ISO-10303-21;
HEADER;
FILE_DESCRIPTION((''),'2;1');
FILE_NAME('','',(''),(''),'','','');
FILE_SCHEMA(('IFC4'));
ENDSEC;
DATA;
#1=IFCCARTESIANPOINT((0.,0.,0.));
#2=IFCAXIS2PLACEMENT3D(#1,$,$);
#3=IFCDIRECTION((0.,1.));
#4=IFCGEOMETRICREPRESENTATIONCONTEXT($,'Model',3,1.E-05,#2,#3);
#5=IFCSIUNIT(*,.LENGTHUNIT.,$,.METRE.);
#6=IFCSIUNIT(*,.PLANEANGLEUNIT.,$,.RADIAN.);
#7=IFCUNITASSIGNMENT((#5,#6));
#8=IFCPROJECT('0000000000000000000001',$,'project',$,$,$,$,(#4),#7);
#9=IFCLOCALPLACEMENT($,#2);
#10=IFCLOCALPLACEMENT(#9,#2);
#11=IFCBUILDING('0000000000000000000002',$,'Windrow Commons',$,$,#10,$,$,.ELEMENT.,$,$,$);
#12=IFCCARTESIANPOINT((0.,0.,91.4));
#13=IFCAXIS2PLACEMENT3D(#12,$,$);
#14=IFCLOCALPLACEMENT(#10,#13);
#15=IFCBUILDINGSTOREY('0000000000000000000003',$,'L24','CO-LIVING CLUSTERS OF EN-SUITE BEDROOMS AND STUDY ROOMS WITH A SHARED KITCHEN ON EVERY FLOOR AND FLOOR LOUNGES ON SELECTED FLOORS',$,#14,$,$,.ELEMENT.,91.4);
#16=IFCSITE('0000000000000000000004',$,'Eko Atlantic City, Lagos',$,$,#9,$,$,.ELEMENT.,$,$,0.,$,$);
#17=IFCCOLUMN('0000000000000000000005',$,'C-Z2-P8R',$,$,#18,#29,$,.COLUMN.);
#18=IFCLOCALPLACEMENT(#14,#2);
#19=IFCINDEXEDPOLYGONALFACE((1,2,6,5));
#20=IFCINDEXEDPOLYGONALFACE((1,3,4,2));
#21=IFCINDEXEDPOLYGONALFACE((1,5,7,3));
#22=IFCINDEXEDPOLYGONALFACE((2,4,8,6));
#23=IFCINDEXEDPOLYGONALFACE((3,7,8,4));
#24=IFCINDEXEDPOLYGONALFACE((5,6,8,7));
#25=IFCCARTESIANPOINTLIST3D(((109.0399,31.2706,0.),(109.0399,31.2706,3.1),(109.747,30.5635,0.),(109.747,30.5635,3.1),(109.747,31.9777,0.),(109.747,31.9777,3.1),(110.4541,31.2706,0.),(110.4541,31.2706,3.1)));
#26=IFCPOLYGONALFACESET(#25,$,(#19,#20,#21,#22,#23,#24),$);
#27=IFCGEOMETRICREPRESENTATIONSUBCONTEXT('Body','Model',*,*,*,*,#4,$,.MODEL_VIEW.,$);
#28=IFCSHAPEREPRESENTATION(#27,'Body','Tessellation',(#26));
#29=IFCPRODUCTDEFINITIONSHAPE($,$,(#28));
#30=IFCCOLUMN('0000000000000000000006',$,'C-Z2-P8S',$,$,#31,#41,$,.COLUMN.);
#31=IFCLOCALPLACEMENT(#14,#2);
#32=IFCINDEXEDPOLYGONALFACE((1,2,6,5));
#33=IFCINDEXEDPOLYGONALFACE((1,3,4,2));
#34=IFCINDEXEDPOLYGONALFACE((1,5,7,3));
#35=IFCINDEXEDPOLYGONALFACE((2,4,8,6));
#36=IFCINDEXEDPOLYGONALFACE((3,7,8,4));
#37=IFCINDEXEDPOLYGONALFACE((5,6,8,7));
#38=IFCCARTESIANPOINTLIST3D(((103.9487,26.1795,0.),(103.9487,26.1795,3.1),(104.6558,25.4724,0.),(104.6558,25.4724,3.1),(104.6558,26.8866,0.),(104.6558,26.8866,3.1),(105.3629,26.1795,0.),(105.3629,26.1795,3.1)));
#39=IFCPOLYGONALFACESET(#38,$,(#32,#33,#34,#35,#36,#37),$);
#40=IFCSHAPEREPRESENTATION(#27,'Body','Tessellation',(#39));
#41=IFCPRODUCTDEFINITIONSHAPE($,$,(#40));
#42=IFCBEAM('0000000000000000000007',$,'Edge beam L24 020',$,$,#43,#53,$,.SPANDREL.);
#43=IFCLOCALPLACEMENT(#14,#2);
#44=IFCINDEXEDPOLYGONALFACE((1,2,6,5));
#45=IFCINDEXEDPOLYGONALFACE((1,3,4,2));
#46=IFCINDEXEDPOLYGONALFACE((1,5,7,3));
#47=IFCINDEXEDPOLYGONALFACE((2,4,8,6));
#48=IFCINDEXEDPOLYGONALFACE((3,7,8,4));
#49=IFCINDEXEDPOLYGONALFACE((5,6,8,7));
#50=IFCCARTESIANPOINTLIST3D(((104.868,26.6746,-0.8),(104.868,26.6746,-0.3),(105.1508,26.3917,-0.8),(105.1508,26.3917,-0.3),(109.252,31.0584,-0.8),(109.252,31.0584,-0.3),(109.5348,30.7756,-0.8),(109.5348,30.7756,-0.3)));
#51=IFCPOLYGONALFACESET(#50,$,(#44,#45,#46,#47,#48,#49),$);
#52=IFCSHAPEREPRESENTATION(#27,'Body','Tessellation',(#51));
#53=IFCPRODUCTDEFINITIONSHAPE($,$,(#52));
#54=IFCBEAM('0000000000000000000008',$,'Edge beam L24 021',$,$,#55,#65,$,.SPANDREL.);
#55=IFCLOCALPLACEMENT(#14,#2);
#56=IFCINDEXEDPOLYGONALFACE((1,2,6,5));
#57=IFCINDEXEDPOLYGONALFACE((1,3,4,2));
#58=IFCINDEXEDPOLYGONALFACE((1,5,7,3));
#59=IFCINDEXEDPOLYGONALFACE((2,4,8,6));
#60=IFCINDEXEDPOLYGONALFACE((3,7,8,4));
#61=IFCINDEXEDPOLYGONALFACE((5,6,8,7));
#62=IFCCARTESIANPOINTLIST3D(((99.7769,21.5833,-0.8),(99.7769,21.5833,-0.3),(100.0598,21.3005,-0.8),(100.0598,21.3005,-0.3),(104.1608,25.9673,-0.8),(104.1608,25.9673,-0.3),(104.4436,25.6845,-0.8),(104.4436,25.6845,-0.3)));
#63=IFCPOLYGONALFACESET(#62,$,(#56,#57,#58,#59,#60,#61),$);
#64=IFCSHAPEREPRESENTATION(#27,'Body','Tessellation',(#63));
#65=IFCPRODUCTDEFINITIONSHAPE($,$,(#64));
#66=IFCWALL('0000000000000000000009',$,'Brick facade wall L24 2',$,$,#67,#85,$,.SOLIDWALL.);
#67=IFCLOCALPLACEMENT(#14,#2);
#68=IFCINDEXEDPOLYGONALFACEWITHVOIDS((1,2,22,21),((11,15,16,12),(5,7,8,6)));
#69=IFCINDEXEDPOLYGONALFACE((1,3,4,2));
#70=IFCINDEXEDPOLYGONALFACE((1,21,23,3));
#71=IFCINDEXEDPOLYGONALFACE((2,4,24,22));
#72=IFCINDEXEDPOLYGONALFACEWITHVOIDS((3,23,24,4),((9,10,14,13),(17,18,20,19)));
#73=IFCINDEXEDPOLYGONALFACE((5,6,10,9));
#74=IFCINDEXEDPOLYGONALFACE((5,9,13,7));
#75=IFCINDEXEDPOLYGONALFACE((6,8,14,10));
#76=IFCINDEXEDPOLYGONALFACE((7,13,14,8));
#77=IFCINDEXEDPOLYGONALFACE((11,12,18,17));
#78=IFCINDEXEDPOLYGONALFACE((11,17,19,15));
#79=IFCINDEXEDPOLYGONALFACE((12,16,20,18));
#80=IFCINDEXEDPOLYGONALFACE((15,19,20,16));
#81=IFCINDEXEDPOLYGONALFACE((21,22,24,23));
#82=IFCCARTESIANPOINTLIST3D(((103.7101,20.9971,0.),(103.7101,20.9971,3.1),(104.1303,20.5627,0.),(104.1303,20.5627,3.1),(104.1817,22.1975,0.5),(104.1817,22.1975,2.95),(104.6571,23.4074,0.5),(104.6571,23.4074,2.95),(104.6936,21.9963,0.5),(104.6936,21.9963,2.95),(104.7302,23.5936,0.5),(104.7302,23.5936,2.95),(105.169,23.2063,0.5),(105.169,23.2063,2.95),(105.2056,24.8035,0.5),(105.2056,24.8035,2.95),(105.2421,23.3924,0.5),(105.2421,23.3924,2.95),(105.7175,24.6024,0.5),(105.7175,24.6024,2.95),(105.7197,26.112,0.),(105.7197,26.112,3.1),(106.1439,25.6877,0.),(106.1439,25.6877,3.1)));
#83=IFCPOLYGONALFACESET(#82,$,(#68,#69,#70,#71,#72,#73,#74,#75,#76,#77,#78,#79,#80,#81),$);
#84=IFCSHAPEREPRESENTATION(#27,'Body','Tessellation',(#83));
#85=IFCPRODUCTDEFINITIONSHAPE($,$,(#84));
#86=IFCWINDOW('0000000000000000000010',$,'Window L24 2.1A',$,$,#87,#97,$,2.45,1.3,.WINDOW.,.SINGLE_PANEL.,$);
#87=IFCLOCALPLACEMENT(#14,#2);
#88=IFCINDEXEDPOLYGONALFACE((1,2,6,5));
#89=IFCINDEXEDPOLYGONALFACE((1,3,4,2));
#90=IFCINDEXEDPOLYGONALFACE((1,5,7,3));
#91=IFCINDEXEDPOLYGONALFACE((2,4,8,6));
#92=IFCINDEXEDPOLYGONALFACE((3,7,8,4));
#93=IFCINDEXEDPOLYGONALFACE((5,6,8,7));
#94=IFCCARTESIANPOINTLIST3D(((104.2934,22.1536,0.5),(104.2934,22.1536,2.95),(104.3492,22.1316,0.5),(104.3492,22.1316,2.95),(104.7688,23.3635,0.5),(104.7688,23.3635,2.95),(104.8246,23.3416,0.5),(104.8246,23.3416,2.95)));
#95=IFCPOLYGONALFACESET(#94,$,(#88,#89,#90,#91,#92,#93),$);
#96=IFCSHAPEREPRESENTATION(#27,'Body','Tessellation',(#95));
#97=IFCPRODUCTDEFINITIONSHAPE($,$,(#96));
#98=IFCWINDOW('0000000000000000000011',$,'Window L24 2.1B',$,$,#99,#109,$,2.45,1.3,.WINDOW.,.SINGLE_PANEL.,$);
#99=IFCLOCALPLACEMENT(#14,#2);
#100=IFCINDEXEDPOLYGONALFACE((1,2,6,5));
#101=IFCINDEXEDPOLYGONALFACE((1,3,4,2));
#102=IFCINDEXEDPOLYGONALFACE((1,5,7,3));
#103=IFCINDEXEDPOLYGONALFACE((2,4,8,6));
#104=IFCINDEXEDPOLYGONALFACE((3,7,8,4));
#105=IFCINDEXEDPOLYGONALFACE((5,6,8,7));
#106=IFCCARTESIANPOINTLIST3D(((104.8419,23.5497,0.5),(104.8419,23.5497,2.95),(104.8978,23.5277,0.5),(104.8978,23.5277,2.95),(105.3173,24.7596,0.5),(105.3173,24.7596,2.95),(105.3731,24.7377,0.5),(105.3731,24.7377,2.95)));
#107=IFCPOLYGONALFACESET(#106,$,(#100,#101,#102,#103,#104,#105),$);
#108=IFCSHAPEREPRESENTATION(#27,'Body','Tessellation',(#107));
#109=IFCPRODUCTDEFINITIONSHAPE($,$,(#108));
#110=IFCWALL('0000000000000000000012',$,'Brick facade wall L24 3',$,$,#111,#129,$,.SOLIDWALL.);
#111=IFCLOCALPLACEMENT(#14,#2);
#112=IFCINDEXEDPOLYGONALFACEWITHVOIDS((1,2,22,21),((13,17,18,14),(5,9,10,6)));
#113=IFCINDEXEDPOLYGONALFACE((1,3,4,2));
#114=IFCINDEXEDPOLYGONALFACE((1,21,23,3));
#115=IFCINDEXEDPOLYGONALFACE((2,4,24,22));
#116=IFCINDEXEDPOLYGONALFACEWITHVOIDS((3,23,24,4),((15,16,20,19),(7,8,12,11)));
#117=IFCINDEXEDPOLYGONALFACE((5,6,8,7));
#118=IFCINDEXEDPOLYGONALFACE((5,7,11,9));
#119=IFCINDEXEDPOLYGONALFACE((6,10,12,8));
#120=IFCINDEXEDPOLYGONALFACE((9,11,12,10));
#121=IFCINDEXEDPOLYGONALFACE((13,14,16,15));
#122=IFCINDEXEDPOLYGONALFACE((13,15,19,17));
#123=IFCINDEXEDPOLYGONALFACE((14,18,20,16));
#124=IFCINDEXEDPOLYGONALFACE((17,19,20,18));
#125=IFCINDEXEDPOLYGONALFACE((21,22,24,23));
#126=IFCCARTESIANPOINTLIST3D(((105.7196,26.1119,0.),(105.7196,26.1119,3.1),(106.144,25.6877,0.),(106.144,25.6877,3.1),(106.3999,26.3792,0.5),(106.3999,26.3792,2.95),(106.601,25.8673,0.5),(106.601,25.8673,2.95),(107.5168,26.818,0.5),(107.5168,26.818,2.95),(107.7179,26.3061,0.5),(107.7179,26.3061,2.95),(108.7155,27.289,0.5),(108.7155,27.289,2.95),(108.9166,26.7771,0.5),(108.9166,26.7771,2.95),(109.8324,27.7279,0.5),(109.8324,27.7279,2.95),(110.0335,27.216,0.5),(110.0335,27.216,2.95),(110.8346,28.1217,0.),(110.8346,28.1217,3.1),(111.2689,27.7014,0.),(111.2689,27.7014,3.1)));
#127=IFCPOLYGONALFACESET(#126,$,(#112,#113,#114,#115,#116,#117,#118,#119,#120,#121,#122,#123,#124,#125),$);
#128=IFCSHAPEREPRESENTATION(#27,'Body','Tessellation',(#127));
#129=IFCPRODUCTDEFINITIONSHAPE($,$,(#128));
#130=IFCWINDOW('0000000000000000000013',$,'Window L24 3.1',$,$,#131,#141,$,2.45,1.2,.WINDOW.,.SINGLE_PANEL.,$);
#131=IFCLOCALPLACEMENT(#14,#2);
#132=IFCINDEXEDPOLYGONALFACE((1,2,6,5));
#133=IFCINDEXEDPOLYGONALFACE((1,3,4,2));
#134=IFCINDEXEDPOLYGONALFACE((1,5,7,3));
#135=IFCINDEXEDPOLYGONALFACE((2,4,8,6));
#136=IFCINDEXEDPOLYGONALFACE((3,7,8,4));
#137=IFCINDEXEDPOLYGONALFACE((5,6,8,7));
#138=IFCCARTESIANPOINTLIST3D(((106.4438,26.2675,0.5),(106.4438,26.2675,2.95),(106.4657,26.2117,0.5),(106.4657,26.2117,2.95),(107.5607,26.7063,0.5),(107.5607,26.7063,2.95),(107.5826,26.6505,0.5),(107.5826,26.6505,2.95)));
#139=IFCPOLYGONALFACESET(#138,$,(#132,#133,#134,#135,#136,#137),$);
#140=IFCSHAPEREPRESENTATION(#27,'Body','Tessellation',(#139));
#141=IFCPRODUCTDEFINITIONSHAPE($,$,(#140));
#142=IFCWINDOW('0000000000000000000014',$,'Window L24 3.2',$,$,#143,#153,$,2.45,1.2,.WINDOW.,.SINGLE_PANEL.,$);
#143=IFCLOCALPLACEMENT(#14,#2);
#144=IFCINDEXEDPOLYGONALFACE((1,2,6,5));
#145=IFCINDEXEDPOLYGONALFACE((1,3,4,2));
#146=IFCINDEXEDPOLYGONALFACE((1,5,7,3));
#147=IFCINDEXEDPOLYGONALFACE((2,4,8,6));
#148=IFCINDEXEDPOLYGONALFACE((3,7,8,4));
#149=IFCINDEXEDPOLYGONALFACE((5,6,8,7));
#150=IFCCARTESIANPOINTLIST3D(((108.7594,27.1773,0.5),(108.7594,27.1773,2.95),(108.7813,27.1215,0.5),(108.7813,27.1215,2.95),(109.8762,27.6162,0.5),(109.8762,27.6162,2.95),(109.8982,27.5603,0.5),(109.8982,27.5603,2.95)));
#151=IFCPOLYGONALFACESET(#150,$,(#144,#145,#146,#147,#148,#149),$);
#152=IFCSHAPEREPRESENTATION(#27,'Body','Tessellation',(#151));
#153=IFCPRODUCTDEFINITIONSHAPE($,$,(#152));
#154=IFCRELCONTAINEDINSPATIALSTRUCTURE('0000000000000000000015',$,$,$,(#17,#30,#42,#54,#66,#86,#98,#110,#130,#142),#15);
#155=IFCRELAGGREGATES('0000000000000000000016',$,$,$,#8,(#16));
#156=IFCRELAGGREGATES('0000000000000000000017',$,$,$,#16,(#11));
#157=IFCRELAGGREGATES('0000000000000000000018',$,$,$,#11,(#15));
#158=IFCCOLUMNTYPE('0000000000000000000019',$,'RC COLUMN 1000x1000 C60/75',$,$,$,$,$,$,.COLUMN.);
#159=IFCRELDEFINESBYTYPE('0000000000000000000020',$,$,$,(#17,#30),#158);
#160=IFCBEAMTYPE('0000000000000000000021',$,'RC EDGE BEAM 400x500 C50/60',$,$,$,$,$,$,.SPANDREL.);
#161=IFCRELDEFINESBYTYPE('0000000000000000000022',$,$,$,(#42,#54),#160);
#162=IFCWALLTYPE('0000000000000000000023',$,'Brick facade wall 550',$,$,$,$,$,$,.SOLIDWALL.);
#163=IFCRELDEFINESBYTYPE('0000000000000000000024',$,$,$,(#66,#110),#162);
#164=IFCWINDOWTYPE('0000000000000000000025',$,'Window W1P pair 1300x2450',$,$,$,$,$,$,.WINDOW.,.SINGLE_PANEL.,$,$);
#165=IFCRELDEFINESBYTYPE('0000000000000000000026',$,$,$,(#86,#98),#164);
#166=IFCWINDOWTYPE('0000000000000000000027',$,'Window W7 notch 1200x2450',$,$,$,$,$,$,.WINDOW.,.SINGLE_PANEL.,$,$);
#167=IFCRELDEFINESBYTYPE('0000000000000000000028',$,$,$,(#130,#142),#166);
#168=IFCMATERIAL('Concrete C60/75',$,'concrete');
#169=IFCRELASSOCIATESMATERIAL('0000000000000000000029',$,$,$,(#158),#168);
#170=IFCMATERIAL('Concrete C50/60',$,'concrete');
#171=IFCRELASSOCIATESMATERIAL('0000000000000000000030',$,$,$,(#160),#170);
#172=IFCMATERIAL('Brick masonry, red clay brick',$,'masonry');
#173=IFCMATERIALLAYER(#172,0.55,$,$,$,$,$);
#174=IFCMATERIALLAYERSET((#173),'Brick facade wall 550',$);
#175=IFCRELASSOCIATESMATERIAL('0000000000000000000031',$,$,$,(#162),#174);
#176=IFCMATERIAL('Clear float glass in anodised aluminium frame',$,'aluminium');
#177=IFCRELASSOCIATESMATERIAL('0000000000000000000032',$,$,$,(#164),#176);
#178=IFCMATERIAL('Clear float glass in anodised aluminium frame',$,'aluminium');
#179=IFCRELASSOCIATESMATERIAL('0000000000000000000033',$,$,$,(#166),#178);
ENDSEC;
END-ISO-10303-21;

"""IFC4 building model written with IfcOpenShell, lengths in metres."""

from ifc_helpers import new_model, si_unit, direction, frame, frame_2d, origin, origin_2d, place, context, subcontext, project, spatial, polyline, rectangle, outline, extrude, material, layer, layer_set, material_profile, profile_set, type_object, element, fill, save


model = new_model("IFC4")

# Units and contexts
model_context = context("Model", 3, precision=1e-05, world=origin(), true_north=direction((0.0, 1.0)))
body_context = subcontext(model_context, "Body", "Model", "MODEL_VIEW")
ifc_project = project(units=[si_unit("LENGTHUNIT", "METRE"), si_unit("PLANEANGLEUNIT", "RADIAN")], contexts=[model_context])

# Site, building, storey
site_placement = place(None, origin())
site = spatial("IfcSite", under=ifc_project, at=site_placement, Name="Eko Atlantic City, Lagos", CompositionType="ELEMENT", RefElevation=0.0)
building_placement = place(site_placement, origin())
building = spatial("IfcBuilding", under=site, at=building_placement, Name="Windrow Commons", CompositionType="ELEMENT")
storey_placement = place(building_placement, frame((0.0, 0.0, 91.4)))
storey = spatial("IfcBuildingStorey", under=building, at=storey_placement, Name="L24", Description="CO-LIVING CLUSTERS OF EN-SUITE BEDROOMS AND STUDY ROOMS WITH A SHARED KITCHEN ON EVERY FLOOR AND FLOOR LOUNGES ON SELECTED FLOORS", CompositionType="ELEMENT", Elevation=91.4)

# Columns
ifc_material_1 = material(Name="Concrete C60/75", Category="concrete")
ifc_material_profile_1 = material_profile(ifc_material_1, rectangle(XDim=1.0, YDim=1.0, at=origin_2d()))
ifc_profile_set_1 = profile_set([ifc_material_profile_1], Name="Concrete C60/75")
column_type = type_object("IfcColumnType", Name="RC COLUMN 1000x1000 C60/75", PredefinedType="COLUMN", material=ifc_profile_set_1)
for number, where, z_axis, x_axis, name in (
    (1, (109.747, 31.2706, 0.0), (0.0, 0.0, 1.0), (0.707107, -0.707107, 0.0), "C-Z2-P8R"),
    (2, (104.6558, 26.1795, 0.0), (0.0, 0.0, 1.0), (0.707107, -0.707107, 0.0), "C-Z2-P8S"),
):
    element("IfcColumn", number, at=place(storey_placement, frame(where, z_axis=z_axis, x_axis=x_axis)), inside=storey, type_object=column_type, Name=name, PredefinedType="COLUMN", context=body_context, shape_type="SweptSolid", body=[
        extrude(rectangle(XDim=1.0, YDim=1.0, at=origin_2d()), origin(), (0.0, 0.0, 1.0), 3.1),
    ])

# Beams
ifc_material_2 = material(Name="Concrete C50/60", Category="concrete")
ifc_material_profile_2 = material_profile(ifc_material_2, rectangle(XDim=0.4, YDim=0.5, at=origin_2d()))
ifc_profile_set_2 = profile_set([ifc_material_profile_2], Name="Concrete C50/60")
beam_type = type_object("IfcBeamType", Name="RC EDGE BEAM 400x500 C50/60", PredefinedType="SPANDREL", material=ifc_profile_set_2)
for number, where, z_axis, x_axis, name in (
    (3, (109.3934, 30.917, -0.55), (-0.707115, -0.707099, 0.0), (0.707099, -0.707115, 0.0), "Edge beam L24 020"),
    (4, (104.3022, 25.8259, -0.55), (-0.707099, -0.707115, 0.0), (0.707115, -0.707099, 0.0), "Edge beam L24 021"),
):
    element("IfcBeam", number, at=place(storey_placement, frame(where, z_axis=z_axis, x_axis=x_axis)), inside=storey, type_object=beam_type, Name=name, PredefinedType="SPANDREL", context=body_context, shape_type="SweptSolid", body=[
        extrude(rectangle(XDim=0.4, YDim=0.5, at=origin_2d()), origin(), (0.0, 0.0, 1.0), 6.1998),
    ])

# Walls, openings, windows
ifc_material_3 = material(Name="Brick masonry, red clay brick", Category="masonry")
ifc_layer_1 = layer(ifc_material_3, 0.55)
ifc_layer_set_1 = layer_set([ifc_layer_1], Name="Brick facade wall 550")
wall_type_1 = type_object("IfcWallType", Name="Brick facade wall 550", PredefinedType="SOLIDWALL", material=ifc_layer_set_1)
wall_1_placement = place(storey_placement, frame((103.9202, 20.7799, 0.0), z_axis=(0.0, 0.0, 1.0), x_axis=(0.365686, 0.930738, 0.0)))
wall_1 = element("IfcWall", 5, at=wall_1_placement, inside=storey, type_object=wall_type_1, Name="Brick facade wall L24 2", PredefinedType="SOLIDWALL", context=body_context, shape_type="SweptSolid", body=[
    extrude(outline(polyline([(-0.1253, -0.275), (5.3811, -0.275), (5.6208, 0.275), (0.1253, 0.275), (-0.1253, -0.275)])), origin(), (0.0, 0.0, 1.0), 3.1),
])
opening_1_placement = place(wall_1_placement, frame((1.415, 0.0, 0.5)))
opening_1 = element("IfcOpeningElement", 6, at=opening_1_placement, cuts=wall_1, PredefinedType="OPENING", context=body_context, shape_type="SweptSolid", body=[
    extrude(rectangle(XDim=1.3, YDim=2.45, at=frame_2d((0.65, 1.225))), frame((0.0, 0.285, 0.0), z_axis=(0.0, -1.0, 0.0), x_axis=(1.0, 0.0, 0.0)), (0.0, 0.0, 1.0), 0.57),
])
opening_2_placement = place(wall_1_placement, frame((2.915, 0.0, 0.5)))
opening_2 = element("IfcOpeningElement", 7, at=opening_2_placement, cuts=wall_1, PredefinedType="OPENING", context=body_context, shape_type="SweptSolid", body=[
    extrude(rectangle(XDim=1.3, YDim=2.45, at=frame_2d((0.65, 1.225))), frame((0.0, 0.285, 0.0), z_axis=(0.0, -1.0, 0.0), x_axis=(1.0, 0.0, 0.0)), (0.0, 0.0, 1.0), 0.57),
])
ifc_material_4 = material(Name="Clear float glass in anodised aluminium frame", Category="aluminium")
window_type_1 = type_object("IfcWindowType", Name="Window W1P pair 1300x2450", PartitioningType="SINGLE_PANEL", PredefinedType="WINDOW", material=ifc_material_4)
window_1_placement = place(opening_1_placement, origin())
window_1 = element("IfcWindow", 8, at=window_1_placement, inside=storey, type_object=window_type_1, Name="Window L24 2.1A", OverallHeight=2.45, OverallWidth=1.3, PartitioningType="SINGLE_PANEL", PredefinedType="WINDOW", context=body_context, shape_type="SweptSolid", body=[
    extrude(rectangle(XDim=1.3, YDim=2.45, at=frame_2d((0.65, 1.225))), frame((0.0, 0.155, 0.0), z_axis=(0.0, -1.0, 0.0), x_axis=(1.0, 0.0, 0.0)), (0.0, 0.0, 1.0), 0.06),
])
fill(opening_1, window_1)
window_2_placement = place(opening_2_placement, origin())
window_2 = element("IfcWindow", 9, at=window_2_placement, inside=storey, type_object=window_type_1, Name="Window L24 2.1B", OverallHeight=2.45, OverallWidth=1.3, PartitioningType="SINGLE_PANEL", PredefinedType="WINDOW", context=body_context, shape_type="SweptSolid", body=[
    extrude(rectangle(XDim=1.3, YDim=2.45, at=frame_2d((0.65, 1.225))), frame((0.0, 0.155, 0.0), z_axis=(0.0, -1.0, 0.0), x_axis=(1.0, 0.0, 0.0)), (0.0, 0.0, 1.0), 0.06),
])
fill(opening_2, window_2)
wall_2_placement = place(storey_placement, frame((105.9318, 25.8998, 0.0), z_axis=(0.0, 0.0, 1.0), x_axis=(0.930732, 0.365701, 0.0)))
wall_2 = element("IfcWall", 10, at=wall_2_placement, inside=storey, type_object=wall_type_1, Name="Brick facade wall L24 3", PredefinedType="SOLIDWALL", context=body_context, shape_type="SweptSolid", body=[
    extrude(outline(polyline([(0.1199, -0.275), (5.6262, -0.275), (5.3757, 0.275), (-0.1199, 0.275), (0.1199, -0.275)])), origin(), (0.0, 0.0, 1.0), 3.1),
])
opening_3_placement = place(wall_2_placement, frame((0.611, 0.0, 0.5)))
opening_3 = element("IfcOpeningElement", 11, at=opening_3_placement, cuts=wall_2, PredefinedType="OPENING", context=body_context, shape_type="SweptSolid", body=[
    extrude(rectangle(XDim=1.2, YDim=2.45, at=frame_2d((0.6, 1.225))), frame((0.0, 0.285, 0.0), z_axis=(0.0, -1.0, 0.0), x_axis=(1.0, 0.0, 0.0)), (0.0, 0.0, 1.0), 0.57),
])
opening_4_placement = place(wall_2_placement, frame((3.0989, 0.0, 0.5)))
opening_4 = element("IfcOpeningElement", 12, at=opening_4_placement, cuts=wall_2, PredefinedType="OPENING", context=body_context, shape_type="SweptSolid", body=[
    extrude(rectangle(XDim=1.2, YDim=2.45, at=frame_2d((0.6, 1.225))), frame((0.0, 0.285, 0.0), z_axis=(0.0, -1.0, 0.0), x_axis=(1.0, 0.0, 0.0)), (0.0, 0.0, 1.0), 0.57),
])
ifc_material_5 = material(Name="Clear float glass in anodised aluminium frame", Category="aluminium")
window_type_2 = type_object("IfcWindowType", Name="Window W7 notch 1200x2450", PartitioningType="SINGLE_PANEL", PredefinedType="WINDOW", material=ifc_material_5)
window_3_placement = place(opening_3_placement, origin())
window_3 = element("IfcWindow", 13, at=window_3_placement, inside=storey, type_object=window_type_2, Name="Window L24 3.1", OverallHeight=2.45, OverallWidth=1.2, PartitioningType="SINGLE_PANEL", PredefinedType="WINDOW", context=body_context, shape_type="SweptSolid", body=[
    extrude(rectangle(XDim=1.2, YDim=2.45, at=frame_2d((0.6, 1.225))), frame((0.0, 0.155, 0.0), z_axis=(0.0, -1.0, 0.0), x_axis=(1.0, 0.0, 0.0)), (0.0, 0.0, 1.0), 0.06),
])
fill(opening_3, window_3)
window_4_placement = place(opening_4_placement, origin())
window_4 = element("IfcWindow", 14, at=window_4_placement, inside=storey, type_object=window_type_2, Name="Window L24 3.2", OverallHeight=2.45, OverallWidth=1.2, PartitioningType="SINGLE_PANEL", PredefinedType="WINDOW", context=body_context, shape_type="SweptSolid", body=[
    extrude(rectangle(XDim=1.2, YDim=2.45, at=frame_2d((0.6, 1.225))), frame((0.0, 0.155, 0.0), z_axis=(0.0, -1.0, 0.0), x_axis=(1.0, 0.0, 0.0)), (0.0, 0.0, 1.0), 0.06),
])
fill(opening_4, window_4)

save(model, "model.ifc")
